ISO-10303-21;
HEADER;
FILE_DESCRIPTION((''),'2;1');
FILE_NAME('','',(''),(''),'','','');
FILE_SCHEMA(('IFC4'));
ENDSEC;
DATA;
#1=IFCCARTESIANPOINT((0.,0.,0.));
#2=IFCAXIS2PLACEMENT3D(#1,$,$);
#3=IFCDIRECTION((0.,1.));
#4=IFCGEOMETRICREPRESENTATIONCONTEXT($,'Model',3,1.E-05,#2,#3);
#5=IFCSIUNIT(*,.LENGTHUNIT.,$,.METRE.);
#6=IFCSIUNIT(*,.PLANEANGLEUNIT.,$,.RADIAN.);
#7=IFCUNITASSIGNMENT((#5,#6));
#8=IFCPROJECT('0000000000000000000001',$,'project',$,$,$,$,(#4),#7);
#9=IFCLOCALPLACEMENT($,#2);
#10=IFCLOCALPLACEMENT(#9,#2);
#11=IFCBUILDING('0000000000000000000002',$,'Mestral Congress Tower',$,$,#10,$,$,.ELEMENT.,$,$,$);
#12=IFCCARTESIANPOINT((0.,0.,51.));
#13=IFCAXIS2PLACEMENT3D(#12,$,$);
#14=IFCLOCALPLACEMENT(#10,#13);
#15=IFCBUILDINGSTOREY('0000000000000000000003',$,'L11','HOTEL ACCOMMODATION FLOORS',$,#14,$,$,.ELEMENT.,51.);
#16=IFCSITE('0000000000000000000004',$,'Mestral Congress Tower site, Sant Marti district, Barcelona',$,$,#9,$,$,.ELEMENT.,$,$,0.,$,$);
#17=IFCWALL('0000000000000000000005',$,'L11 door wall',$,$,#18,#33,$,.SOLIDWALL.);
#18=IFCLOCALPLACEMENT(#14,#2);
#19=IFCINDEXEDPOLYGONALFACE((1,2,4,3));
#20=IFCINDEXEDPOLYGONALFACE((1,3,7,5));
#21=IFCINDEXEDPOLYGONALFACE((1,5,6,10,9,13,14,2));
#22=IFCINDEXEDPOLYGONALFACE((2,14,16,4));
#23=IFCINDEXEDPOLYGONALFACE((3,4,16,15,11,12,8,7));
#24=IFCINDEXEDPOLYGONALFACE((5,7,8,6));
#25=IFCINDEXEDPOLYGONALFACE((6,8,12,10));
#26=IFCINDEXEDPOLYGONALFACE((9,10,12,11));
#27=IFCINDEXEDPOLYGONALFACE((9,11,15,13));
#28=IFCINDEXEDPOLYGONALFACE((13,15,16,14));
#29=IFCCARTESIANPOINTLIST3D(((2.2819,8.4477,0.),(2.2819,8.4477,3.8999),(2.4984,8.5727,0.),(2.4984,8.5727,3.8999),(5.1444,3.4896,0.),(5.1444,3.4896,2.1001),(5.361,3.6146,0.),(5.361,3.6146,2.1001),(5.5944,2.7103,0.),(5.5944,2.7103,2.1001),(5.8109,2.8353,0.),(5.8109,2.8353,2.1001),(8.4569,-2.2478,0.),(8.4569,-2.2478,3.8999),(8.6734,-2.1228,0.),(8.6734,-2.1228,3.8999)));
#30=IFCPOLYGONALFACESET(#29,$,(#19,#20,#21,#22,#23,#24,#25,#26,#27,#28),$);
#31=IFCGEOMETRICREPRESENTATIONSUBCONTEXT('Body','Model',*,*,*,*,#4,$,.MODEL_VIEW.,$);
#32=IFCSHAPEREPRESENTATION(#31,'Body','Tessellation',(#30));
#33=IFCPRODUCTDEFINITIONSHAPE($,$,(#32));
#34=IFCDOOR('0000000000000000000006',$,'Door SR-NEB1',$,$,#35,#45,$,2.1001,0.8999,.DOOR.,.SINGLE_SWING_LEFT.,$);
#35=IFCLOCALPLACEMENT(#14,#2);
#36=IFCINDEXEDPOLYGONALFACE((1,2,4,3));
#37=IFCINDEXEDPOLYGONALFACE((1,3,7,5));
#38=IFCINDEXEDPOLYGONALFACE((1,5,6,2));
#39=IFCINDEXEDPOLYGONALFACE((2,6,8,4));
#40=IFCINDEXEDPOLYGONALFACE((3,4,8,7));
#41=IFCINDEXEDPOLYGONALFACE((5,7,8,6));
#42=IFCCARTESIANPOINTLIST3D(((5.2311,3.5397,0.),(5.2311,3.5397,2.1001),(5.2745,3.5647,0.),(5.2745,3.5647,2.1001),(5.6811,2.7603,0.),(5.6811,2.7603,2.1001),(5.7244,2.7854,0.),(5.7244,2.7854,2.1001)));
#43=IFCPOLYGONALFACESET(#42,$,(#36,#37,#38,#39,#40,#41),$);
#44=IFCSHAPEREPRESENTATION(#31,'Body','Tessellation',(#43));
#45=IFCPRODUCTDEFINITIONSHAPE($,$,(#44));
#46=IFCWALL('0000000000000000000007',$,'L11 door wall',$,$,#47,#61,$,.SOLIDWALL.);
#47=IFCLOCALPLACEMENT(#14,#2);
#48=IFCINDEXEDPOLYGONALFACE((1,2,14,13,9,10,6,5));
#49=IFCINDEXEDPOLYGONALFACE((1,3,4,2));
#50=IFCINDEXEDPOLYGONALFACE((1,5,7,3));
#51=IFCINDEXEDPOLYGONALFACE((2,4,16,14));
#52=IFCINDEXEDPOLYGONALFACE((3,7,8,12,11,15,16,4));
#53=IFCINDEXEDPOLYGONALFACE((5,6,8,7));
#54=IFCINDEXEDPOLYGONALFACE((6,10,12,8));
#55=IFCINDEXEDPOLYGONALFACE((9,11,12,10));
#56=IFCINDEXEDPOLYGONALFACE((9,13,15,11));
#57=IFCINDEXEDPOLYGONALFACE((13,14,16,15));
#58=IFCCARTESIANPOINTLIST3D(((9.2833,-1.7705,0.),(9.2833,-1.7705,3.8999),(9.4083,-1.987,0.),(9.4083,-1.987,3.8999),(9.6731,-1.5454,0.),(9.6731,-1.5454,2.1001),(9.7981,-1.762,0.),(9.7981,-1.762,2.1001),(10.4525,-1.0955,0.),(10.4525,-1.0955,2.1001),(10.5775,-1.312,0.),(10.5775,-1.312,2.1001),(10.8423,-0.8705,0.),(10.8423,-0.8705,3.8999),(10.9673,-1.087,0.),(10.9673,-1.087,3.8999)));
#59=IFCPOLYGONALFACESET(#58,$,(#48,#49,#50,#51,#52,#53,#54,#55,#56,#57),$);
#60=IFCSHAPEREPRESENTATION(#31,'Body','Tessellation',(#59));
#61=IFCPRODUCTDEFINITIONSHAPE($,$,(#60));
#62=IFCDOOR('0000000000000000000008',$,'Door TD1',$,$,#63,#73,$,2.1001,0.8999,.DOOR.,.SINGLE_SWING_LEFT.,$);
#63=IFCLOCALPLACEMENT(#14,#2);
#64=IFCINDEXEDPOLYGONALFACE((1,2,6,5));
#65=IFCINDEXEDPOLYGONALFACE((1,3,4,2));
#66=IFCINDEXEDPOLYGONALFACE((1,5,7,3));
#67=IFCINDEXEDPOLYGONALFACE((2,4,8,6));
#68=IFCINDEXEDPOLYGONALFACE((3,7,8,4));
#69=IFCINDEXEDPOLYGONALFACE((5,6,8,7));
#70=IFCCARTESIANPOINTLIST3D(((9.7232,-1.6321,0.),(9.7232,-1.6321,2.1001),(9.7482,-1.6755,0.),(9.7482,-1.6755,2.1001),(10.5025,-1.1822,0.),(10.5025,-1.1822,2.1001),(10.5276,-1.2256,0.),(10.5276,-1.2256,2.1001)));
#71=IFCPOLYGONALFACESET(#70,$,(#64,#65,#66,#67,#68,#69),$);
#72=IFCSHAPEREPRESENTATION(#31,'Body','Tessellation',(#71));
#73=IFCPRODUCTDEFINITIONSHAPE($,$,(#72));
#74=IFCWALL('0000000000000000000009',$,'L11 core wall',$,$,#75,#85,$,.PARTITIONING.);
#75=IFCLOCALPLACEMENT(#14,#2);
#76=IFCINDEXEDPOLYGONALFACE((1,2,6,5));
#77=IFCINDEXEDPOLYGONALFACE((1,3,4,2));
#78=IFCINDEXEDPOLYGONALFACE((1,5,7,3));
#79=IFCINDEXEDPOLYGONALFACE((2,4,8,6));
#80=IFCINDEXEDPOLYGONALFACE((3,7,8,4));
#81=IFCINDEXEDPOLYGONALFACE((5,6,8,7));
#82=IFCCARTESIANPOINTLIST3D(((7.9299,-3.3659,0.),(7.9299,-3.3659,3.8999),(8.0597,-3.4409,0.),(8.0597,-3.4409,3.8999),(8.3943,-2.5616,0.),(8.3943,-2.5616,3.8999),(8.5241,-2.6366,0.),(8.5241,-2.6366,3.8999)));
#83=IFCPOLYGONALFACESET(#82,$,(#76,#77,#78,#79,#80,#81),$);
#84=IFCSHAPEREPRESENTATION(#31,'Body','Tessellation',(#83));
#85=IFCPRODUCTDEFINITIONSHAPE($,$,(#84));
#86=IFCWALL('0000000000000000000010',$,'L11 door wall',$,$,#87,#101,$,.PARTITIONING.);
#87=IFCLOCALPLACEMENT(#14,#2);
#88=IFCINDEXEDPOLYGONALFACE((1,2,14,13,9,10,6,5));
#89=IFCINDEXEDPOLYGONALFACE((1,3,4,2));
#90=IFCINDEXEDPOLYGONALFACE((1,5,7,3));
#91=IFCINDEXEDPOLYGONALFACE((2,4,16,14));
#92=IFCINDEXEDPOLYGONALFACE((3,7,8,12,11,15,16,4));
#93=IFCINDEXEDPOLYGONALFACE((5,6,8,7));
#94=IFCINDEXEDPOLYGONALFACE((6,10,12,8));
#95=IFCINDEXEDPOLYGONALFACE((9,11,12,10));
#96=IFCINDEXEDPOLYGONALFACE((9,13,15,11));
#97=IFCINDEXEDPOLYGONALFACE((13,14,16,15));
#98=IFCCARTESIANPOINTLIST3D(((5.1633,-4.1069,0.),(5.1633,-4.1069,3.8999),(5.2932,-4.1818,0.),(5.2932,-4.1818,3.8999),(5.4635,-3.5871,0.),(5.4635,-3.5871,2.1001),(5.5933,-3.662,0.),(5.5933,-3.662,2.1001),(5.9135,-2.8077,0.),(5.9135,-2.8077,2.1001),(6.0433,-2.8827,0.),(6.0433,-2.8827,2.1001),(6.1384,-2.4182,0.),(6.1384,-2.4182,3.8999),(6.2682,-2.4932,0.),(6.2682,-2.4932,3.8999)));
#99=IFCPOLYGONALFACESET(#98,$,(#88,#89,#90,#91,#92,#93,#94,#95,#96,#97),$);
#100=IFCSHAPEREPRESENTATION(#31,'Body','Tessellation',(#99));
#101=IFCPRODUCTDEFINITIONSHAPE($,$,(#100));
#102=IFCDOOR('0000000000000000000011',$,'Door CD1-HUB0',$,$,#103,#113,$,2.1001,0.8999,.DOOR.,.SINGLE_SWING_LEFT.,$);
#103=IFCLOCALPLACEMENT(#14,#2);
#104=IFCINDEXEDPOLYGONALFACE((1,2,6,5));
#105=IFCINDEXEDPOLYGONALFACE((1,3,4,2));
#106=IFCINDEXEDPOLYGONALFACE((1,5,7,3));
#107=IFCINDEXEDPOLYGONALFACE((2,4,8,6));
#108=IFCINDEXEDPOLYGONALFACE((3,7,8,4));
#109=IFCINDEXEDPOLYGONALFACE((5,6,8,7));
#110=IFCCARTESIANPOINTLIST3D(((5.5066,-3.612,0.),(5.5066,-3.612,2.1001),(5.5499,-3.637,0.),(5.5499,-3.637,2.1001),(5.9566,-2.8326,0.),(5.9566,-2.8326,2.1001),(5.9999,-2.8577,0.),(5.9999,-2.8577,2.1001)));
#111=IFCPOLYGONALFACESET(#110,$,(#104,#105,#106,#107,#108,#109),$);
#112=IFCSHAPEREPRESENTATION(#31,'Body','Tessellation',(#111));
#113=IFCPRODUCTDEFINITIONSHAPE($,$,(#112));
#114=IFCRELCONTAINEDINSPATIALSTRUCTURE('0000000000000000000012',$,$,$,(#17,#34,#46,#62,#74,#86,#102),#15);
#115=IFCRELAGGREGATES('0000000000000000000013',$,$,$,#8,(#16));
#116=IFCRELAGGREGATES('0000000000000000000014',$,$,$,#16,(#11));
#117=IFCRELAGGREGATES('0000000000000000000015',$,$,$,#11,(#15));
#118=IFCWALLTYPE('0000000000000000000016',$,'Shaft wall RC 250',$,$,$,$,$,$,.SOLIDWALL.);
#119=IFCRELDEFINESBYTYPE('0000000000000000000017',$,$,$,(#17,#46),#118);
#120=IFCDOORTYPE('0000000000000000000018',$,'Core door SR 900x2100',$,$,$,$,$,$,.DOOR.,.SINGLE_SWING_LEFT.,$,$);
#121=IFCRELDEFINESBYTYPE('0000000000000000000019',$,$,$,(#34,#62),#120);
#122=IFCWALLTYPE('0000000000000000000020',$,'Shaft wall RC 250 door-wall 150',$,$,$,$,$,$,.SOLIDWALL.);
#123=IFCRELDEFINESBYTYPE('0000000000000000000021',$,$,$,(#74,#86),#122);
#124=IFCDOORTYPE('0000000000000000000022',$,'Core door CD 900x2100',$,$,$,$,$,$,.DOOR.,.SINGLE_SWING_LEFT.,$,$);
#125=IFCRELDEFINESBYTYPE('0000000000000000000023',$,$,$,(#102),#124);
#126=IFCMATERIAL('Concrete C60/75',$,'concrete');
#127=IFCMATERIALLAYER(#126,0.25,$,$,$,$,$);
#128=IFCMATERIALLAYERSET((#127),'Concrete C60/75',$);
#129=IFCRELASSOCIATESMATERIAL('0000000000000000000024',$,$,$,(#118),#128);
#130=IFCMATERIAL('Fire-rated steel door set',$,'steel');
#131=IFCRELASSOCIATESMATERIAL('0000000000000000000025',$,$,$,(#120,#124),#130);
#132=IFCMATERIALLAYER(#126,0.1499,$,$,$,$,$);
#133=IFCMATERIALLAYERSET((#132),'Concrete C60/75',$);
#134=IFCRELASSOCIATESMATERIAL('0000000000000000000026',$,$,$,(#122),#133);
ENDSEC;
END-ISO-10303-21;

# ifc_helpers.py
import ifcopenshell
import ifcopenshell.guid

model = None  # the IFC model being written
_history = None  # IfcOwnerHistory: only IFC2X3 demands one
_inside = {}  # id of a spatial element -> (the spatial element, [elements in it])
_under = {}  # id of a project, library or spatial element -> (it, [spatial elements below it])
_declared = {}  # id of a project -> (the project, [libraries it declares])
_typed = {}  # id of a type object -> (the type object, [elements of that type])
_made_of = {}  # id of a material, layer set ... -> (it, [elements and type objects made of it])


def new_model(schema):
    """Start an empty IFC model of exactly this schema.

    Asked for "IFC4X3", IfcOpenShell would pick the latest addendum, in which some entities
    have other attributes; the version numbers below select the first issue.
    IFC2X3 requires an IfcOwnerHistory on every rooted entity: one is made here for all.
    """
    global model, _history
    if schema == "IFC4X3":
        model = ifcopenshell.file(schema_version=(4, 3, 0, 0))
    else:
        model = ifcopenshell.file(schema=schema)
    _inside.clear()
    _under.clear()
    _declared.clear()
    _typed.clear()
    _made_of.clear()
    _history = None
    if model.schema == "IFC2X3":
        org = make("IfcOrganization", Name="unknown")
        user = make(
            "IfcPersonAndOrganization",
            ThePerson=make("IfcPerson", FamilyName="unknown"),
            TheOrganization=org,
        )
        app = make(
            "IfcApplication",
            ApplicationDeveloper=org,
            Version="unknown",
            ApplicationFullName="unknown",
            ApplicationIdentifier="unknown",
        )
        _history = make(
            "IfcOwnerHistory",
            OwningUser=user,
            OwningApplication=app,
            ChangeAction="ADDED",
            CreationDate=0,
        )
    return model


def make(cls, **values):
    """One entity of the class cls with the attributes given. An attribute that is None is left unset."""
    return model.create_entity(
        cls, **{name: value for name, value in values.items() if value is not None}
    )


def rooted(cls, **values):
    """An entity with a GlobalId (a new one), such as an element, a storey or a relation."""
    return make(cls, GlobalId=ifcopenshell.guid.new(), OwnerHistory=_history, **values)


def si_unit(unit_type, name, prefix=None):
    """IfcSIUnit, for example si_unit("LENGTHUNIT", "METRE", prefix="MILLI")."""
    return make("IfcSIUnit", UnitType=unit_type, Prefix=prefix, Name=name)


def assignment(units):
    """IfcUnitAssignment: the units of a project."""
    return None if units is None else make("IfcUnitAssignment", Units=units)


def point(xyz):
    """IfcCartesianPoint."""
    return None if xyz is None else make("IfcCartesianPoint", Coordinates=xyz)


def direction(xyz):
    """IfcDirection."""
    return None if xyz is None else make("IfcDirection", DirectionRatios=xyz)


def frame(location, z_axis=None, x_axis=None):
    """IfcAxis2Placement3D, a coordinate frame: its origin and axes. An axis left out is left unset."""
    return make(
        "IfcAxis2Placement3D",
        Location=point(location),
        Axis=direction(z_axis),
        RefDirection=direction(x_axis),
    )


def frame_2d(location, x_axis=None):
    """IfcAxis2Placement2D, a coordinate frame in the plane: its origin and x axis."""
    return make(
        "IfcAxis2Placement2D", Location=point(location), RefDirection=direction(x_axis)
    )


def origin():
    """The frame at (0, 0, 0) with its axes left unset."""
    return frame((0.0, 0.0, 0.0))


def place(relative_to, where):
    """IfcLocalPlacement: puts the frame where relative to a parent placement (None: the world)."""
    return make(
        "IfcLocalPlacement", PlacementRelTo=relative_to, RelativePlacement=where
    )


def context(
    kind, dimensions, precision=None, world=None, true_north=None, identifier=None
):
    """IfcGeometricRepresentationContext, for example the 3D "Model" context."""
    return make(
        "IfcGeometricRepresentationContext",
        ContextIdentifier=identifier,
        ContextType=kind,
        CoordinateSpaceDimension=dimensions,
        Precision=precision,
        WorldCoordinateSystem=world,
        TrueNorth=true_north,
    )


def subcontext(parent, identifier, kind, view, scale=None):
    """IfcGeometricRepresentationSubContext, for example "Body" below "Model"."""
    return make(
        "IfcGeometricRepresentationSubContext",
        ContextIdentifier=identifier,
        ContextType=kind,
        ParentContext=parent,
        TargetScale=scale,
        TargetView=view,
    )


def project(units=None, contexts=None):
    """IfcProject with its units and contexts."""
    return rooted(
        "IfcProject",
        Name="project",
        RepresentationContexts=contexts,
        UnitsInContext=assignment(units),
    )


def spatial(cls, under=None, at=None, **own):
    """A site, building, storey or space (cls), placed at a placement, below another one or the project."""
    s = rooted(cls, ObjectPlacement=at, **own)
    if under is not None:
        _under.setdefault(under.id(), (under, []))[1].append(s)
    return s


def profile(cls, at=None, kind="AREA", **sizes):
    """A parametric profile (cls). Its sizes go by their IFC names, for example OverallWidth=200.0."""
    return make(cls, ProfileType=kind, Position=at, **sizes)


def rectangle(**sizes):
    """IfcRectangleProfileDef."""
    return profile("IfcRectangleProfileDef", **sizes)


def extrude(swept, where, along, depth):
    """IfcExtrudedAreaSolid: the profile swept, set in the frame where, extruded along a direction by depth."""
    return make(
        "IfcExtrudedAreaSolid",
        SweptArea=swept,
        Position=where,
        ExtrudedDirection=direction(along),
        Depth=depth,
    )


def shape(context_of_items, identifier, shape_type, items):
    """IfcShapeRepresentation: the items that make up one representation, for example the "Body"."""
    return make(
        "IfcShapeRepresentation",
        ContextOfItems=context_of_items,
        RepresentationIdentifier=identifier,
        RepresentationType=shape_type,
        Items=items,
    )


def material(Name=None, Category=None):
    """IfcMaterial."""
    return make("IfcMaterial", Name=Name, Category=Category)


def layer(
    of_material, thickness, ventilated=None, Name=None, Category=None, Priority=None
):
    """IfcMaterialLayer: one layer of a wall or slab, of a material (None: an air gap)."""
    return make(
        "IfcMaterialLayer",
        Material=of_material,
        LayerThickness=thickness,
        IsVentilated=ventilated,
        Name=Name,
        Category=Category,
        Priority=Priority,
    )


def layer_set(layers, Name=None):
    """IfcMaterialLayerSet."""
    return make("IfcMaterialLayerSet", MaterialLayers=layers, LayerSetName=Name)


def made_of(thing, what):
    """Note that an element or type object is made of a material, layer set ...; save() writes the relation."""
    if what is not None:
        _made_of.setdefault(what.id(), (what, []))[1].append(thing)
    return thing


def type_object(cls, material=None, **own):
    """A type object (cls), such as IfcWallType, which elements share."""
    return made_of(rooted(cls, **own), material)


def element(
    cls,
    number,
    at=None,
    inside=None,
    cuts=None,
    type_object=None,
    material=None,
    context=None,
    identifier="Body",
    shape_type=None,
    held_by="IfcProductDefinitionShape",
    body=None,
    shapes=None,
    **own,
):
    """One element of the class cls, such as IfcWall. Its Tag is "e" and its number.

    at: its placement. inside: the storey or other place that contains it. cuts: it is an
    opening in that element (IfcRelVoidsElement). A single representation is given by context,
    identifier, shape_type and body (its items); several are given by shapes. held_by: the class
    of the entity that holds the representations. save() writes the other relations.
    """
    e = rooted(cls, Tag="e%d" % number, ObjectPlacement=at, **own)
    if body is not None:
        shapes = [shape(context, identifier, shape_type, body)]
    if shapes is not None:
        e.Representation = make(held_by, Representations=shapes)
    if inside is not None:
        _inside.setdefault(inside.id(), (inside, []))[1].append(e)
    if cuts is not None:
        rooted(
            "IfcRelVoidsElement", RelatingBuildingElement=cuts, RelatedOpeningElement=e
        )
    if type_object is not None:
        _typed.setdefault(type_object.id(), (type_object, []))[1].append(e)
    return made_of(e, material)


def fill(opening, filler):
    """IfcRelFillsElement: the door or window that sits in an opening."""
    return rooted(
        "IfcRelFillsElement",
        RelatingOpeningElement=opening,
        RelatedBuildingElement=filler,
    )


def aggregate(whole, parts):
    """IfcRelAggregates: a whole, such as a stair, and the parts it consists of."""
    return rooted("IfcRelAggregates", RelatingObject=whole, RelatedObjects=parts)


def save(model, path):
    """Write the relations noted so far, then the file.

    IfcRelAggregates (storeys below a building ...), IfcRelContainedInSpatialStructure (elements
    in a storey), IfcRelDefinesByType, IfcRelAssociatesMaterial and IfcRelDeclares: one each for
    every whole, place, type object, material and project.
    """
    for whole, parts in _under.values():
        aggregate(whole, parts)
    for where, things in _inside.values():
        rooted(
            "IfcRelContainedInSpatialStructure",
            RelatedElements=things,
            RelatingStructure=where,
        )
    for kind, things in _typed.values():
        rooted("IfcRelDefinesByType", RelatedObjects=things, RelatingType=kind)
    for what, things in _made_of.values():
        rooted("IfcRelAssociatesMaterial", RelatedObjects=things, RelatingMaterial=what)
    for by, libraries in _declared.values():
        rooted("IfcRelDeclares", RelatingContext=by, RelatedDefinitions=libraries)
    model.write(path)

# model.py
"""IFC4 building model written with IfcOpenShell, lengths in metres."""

from ifc_helpers import new_model, si_unit, direction, frame, frame_2d, origin, place, context, subcontext, project, spatial, rectangle, extrude, material, layer, layer_set, type_object, element, fill, save


model = new_model("IFC4")

# Units and contexts
model_context = context("Model", 3, precision=1e-05, world=origin(), true_north=direction((0.0, 1.0)))
body_context = subcontext(model_context, "Body", "Model", "MODEL_VIEW")
ifc_project = project(units=[si_unit("LENGTHUNIT", "METRE"), si_unit("PLANEANGLEUNIT", "RADIAN")], contexts=[model_context])

# Site, building, storey
site_placement = place(None, origin())
site = spatial("IfcSite", under=ifc_project, at=site_placement, Name="Mestral Congress Tower site, Sant Marti district, Barcelona", CompositionType="ELEMENT", RefElevation=0.0)
building_placement = place(site_placement, origin())
building = spatial("IfcBuilding", under=site, at=building_placement, Name="Mestral Congress Tower", CompositionType="ELEMENT")
storey_placement = place(building_placement, frame((0.0, 0.0, 51.0)))
storey = spatial("IfcBuildingStorey", under=building, at=storey_placement, Name="L11", Description="HOTEL ACCOMMODATION FLOORS", CompositionType="ELEMENT", Elevation=51.0)

# Shared definitions
ifc_material_1 = material(Name="Concrete C60/75", Category="concrete")
ifc_layer_1 = layer(ifc_material_1, 0.25)
ifc_layer_set_1 = layer_set([ifc_layer_1], Name="Concrete C60/75")
wall_type_1 = type_object("IfcWallType", Name="Shaft wall RC 250", PredefinedType="SOLIDWALL", material=ifc_layer_set_1)

# Shared definitions
ifc_material_2 = material(Name="Fire-rated steel door set", Category="steel")

# Walls, openings, doors
wall_1_placement = place(storey_placement, frame((8.5652, -2.1853, 0.0), z_axis=(0.0, 0.0, 1.0), x_axis=(-0.499998, 0.866027, 0.0)))
wall_1 = element("IfcWall", 1, at=wall_1_placement, inside=storey, type_object=wall_type_1, Name="L11 door wall", PredefinedType="SOLIDWALL", context=body_context, shape_type="SweptSolid", body=[
    extrude(rectangle(XDim=12.3501, YDim=0.25, at=frame_2d((6.175, 0.0))), origin(), (0.0, 0.0, 1.0), 3.8999),
])
opening_1_placement = place(wall_1_placement, frame((5.7251, 0.0, 0.0)))
opening_1 = element("IfcOpeningElement", 2, at=opening_1_placement, cuts=wall_1, PredefinedType="OPENING", context=body_context, shape_type="SweptSolid", body=[
    extrude(rectangle(XDim=0.8999, YDim=2.1001, at=frame_2d((0.45, 1.05))), frame((0.0, 0.135, 0.0), z_axis=(0.0, -1.0, 0.0), x_axis=(1.0, 0.0, 0.0)), (0.0, 0.0, 1.0), 0.27),
])
door_type_1 = type_object("IfcDoorType", Name="Core door SR 900x2100", OperationType="SINGLE_SWING_LEFT", PredefinedType="DOOR", material=ifc_material_2)
door_1_placement = place(opening_1_placement, origin())
door_1 = element("IfcDoor", 3, at=door_1_placement, inside=storey, type_object=door_type_1, Name="Door SR-NEB1", OperationType="SINGLE_SWING_LEFT", OverallHeight=2.1001, OverallWidth=0.8999, PredefinedType="DOOR", context=body_context, shape_type="SweptSolid", body=[
    extrude(rectangle(XDim=0.8999, YDim=2.1001, at=frame_2d((0.45, 1.05))), frame((0.0, 0.0249, 0.0), z_axis=(0.0, -1.0, 0.0), x_axis=(1.0, 0.0, 0.0)), (0.0, 0.0, 1.0), 0.05),
])
fill(opening_1, door_1)
wall_2_placement = place(storey_placement, frame((9.3459, -1.8787, 0.0), z_axis=(0.0, 0.0, 1.0), x_axis=(0.866048, 0.499961, 0.0)))
wall_2 = element("IfcWall", 4, at=wall_2_placement, inside=storey, type_object=wall_type_1, Name="L11 door wall", PredefinedType="SOLIDWALL", context=body_context, shape_type="SweptSolid", body=[
    extrude(rectangle(XDim=1.8, YDim=0.25, at=frame_2d((0.8999, 0.0))), origin(), (0.0, 0.0, 1.0), 3.8999),
])
opening_2_placement = place(wall_2_placement, frame((0.45, 0.0, 0.0)))
opening_2 = element("IfcOpeningElement", 5, at=opening_2_placement, cuts=wall_2, PredefinedType="OPENING", context=body_context, shape_type="SweptSolid", body=[
    extrude(rectangle(XDim=0.8999, YDim=2.1001, at=frame_2d((0.45, 1.05))), frame((0.0, 0.135, 0.0), z_axis=(0.0, -1.0, 0.0), x_axis=(1.0, 0.0, 0.0)), (0.0, 0.0, 1.0), 0.27),
])
door_2_placement = place(opening_2_placement, origin())
door_2 = element("IfcDoor", 6, at=door_2_placement, inside=storey, type_object=door_type_1, Name="Door TD1", OperationType="SINGLE_SWING_LEFT", OverallHeight=2.1001, OverallWidth=0.8999, PredefinedType="DOOR", context=body_context, shape_type="SweptSolid", body=[
    extrude(rectangle(XDim=0.8999, YDim=2.1001, at=frame_2d((0.45, 1.05))), frame((0.0, 0.0249, 0.0), z_axis=(0.0, -1.0, 0.0), x_axis=(1.0, 0.0, 0.0)), (0.0, 0.0, 1.0), 0.05),
])
fill(opening_2, door_2)

# Wall
ifc_layer_2 = layer(ifc_material_1, 0.1499)
ifc_layer_set_2 = layer_set([ifc_layer_2], Name="Concrete C60/75")
wall_type_2 = type_object("IfcWallType", Name="Shaft wall RC 250 door-wall 150", PredefinedType="SOLIDWALL", material=ifc_layer_set_2)
wall_3_placement = place(storey_placement, frame((8.4592, -2.5991, 0.0), z_axis=(0.0, 0.0, 1.0), x_axis=(-0.500041, -0.866002, 0.0)))
element("IfcWall", 7, at=wall_3_placement, inside=storey, type_object=wall_type_2, Name="L11 core wall", PredefinedType="PARTITIONING", context=body_context, shape_type="SweptSolid", body=[
    extrude(rectangle(XDim=0.9287, YDim=0.1499, at=frame_2d((0.4644, 0.0))), origin(), (0.0, 0.0, 1.0), 3.8999),
])

# Wall, opening, door
wall_4_placement = place(storey_placement, frame((6.2034, -2.4556, 0.0), z_axis=(0.0, 0.0, 1.0), x_axis=(-0.500044, -0.866, 0.0)))
wall_4 = element("IfcWall", 8, at=wall_4_placement, inside=storey, type_object=wall_type_2, Name="L11 door wall", PredefinedType="PARTITIONING", context=body_context, shape_type="SweptSolid", body=[
    extrude(rectangle(XDim=1.95, YDim=0.1499, at=frame_2d((0.9751, 0.0))), origin(), (0.0, 0.0, 1.0), 3.8999),
])
opening_3_placement = place(wall_4_placement, frame((0.45, 0.0, 0.0)))
opening_3 = element("IfcOpeningElement", 9, at=opening_3_placement, cuts=wall_4, PredefinedType="OPENING", context=body_context, shape_type="SweptSolid", body=[
    extrude(rectangle(XDim=0.8999, YDim=2.1001, at=frame_2d((0.45, 1.05))), frame((0.0, 0.085, 0.0), z_axis=(0.0, -1.0, 0.0), x_axis=(1.0, 0.0, 0.0)), (0.0, 0.0, 1.0), 0.1699),
])
door_type_2 = type_object("IfcDoorType", Name="Core door CD 900x2100", OperationType="SINGLE_SWING_LEFT", PredefinedType="DOOR", material=ifc_material_2)
door_3_placement = place(opening_3_placement, origin())
door_3 = element("IfcDoor", 10, at=door_3_placement, inside=storey, type_object=door_type_2, Name="Door CD1-HUB0", OperationType="SINGLE_SWING_LEFT", OverallHeight=2.1001, OverallWidth=0.8999, PredefinedType="DOOR", context=body_context, shape_type="SweptSolid", body=[
    extrude(rectangle(XDim=0.8999, YDim=2.1001, at=frame_2d((0.45, 1.05))), frame((0.0, 0.0249, 0.0), z_axis=(0.0, -1.0, 0.0), x_axis=(1.0, 0.0, 0.0)), (0.0, 0.0, 1.0), 0.05),
])
fill(opening_3, door_3)

save(model, "model.ifc")
